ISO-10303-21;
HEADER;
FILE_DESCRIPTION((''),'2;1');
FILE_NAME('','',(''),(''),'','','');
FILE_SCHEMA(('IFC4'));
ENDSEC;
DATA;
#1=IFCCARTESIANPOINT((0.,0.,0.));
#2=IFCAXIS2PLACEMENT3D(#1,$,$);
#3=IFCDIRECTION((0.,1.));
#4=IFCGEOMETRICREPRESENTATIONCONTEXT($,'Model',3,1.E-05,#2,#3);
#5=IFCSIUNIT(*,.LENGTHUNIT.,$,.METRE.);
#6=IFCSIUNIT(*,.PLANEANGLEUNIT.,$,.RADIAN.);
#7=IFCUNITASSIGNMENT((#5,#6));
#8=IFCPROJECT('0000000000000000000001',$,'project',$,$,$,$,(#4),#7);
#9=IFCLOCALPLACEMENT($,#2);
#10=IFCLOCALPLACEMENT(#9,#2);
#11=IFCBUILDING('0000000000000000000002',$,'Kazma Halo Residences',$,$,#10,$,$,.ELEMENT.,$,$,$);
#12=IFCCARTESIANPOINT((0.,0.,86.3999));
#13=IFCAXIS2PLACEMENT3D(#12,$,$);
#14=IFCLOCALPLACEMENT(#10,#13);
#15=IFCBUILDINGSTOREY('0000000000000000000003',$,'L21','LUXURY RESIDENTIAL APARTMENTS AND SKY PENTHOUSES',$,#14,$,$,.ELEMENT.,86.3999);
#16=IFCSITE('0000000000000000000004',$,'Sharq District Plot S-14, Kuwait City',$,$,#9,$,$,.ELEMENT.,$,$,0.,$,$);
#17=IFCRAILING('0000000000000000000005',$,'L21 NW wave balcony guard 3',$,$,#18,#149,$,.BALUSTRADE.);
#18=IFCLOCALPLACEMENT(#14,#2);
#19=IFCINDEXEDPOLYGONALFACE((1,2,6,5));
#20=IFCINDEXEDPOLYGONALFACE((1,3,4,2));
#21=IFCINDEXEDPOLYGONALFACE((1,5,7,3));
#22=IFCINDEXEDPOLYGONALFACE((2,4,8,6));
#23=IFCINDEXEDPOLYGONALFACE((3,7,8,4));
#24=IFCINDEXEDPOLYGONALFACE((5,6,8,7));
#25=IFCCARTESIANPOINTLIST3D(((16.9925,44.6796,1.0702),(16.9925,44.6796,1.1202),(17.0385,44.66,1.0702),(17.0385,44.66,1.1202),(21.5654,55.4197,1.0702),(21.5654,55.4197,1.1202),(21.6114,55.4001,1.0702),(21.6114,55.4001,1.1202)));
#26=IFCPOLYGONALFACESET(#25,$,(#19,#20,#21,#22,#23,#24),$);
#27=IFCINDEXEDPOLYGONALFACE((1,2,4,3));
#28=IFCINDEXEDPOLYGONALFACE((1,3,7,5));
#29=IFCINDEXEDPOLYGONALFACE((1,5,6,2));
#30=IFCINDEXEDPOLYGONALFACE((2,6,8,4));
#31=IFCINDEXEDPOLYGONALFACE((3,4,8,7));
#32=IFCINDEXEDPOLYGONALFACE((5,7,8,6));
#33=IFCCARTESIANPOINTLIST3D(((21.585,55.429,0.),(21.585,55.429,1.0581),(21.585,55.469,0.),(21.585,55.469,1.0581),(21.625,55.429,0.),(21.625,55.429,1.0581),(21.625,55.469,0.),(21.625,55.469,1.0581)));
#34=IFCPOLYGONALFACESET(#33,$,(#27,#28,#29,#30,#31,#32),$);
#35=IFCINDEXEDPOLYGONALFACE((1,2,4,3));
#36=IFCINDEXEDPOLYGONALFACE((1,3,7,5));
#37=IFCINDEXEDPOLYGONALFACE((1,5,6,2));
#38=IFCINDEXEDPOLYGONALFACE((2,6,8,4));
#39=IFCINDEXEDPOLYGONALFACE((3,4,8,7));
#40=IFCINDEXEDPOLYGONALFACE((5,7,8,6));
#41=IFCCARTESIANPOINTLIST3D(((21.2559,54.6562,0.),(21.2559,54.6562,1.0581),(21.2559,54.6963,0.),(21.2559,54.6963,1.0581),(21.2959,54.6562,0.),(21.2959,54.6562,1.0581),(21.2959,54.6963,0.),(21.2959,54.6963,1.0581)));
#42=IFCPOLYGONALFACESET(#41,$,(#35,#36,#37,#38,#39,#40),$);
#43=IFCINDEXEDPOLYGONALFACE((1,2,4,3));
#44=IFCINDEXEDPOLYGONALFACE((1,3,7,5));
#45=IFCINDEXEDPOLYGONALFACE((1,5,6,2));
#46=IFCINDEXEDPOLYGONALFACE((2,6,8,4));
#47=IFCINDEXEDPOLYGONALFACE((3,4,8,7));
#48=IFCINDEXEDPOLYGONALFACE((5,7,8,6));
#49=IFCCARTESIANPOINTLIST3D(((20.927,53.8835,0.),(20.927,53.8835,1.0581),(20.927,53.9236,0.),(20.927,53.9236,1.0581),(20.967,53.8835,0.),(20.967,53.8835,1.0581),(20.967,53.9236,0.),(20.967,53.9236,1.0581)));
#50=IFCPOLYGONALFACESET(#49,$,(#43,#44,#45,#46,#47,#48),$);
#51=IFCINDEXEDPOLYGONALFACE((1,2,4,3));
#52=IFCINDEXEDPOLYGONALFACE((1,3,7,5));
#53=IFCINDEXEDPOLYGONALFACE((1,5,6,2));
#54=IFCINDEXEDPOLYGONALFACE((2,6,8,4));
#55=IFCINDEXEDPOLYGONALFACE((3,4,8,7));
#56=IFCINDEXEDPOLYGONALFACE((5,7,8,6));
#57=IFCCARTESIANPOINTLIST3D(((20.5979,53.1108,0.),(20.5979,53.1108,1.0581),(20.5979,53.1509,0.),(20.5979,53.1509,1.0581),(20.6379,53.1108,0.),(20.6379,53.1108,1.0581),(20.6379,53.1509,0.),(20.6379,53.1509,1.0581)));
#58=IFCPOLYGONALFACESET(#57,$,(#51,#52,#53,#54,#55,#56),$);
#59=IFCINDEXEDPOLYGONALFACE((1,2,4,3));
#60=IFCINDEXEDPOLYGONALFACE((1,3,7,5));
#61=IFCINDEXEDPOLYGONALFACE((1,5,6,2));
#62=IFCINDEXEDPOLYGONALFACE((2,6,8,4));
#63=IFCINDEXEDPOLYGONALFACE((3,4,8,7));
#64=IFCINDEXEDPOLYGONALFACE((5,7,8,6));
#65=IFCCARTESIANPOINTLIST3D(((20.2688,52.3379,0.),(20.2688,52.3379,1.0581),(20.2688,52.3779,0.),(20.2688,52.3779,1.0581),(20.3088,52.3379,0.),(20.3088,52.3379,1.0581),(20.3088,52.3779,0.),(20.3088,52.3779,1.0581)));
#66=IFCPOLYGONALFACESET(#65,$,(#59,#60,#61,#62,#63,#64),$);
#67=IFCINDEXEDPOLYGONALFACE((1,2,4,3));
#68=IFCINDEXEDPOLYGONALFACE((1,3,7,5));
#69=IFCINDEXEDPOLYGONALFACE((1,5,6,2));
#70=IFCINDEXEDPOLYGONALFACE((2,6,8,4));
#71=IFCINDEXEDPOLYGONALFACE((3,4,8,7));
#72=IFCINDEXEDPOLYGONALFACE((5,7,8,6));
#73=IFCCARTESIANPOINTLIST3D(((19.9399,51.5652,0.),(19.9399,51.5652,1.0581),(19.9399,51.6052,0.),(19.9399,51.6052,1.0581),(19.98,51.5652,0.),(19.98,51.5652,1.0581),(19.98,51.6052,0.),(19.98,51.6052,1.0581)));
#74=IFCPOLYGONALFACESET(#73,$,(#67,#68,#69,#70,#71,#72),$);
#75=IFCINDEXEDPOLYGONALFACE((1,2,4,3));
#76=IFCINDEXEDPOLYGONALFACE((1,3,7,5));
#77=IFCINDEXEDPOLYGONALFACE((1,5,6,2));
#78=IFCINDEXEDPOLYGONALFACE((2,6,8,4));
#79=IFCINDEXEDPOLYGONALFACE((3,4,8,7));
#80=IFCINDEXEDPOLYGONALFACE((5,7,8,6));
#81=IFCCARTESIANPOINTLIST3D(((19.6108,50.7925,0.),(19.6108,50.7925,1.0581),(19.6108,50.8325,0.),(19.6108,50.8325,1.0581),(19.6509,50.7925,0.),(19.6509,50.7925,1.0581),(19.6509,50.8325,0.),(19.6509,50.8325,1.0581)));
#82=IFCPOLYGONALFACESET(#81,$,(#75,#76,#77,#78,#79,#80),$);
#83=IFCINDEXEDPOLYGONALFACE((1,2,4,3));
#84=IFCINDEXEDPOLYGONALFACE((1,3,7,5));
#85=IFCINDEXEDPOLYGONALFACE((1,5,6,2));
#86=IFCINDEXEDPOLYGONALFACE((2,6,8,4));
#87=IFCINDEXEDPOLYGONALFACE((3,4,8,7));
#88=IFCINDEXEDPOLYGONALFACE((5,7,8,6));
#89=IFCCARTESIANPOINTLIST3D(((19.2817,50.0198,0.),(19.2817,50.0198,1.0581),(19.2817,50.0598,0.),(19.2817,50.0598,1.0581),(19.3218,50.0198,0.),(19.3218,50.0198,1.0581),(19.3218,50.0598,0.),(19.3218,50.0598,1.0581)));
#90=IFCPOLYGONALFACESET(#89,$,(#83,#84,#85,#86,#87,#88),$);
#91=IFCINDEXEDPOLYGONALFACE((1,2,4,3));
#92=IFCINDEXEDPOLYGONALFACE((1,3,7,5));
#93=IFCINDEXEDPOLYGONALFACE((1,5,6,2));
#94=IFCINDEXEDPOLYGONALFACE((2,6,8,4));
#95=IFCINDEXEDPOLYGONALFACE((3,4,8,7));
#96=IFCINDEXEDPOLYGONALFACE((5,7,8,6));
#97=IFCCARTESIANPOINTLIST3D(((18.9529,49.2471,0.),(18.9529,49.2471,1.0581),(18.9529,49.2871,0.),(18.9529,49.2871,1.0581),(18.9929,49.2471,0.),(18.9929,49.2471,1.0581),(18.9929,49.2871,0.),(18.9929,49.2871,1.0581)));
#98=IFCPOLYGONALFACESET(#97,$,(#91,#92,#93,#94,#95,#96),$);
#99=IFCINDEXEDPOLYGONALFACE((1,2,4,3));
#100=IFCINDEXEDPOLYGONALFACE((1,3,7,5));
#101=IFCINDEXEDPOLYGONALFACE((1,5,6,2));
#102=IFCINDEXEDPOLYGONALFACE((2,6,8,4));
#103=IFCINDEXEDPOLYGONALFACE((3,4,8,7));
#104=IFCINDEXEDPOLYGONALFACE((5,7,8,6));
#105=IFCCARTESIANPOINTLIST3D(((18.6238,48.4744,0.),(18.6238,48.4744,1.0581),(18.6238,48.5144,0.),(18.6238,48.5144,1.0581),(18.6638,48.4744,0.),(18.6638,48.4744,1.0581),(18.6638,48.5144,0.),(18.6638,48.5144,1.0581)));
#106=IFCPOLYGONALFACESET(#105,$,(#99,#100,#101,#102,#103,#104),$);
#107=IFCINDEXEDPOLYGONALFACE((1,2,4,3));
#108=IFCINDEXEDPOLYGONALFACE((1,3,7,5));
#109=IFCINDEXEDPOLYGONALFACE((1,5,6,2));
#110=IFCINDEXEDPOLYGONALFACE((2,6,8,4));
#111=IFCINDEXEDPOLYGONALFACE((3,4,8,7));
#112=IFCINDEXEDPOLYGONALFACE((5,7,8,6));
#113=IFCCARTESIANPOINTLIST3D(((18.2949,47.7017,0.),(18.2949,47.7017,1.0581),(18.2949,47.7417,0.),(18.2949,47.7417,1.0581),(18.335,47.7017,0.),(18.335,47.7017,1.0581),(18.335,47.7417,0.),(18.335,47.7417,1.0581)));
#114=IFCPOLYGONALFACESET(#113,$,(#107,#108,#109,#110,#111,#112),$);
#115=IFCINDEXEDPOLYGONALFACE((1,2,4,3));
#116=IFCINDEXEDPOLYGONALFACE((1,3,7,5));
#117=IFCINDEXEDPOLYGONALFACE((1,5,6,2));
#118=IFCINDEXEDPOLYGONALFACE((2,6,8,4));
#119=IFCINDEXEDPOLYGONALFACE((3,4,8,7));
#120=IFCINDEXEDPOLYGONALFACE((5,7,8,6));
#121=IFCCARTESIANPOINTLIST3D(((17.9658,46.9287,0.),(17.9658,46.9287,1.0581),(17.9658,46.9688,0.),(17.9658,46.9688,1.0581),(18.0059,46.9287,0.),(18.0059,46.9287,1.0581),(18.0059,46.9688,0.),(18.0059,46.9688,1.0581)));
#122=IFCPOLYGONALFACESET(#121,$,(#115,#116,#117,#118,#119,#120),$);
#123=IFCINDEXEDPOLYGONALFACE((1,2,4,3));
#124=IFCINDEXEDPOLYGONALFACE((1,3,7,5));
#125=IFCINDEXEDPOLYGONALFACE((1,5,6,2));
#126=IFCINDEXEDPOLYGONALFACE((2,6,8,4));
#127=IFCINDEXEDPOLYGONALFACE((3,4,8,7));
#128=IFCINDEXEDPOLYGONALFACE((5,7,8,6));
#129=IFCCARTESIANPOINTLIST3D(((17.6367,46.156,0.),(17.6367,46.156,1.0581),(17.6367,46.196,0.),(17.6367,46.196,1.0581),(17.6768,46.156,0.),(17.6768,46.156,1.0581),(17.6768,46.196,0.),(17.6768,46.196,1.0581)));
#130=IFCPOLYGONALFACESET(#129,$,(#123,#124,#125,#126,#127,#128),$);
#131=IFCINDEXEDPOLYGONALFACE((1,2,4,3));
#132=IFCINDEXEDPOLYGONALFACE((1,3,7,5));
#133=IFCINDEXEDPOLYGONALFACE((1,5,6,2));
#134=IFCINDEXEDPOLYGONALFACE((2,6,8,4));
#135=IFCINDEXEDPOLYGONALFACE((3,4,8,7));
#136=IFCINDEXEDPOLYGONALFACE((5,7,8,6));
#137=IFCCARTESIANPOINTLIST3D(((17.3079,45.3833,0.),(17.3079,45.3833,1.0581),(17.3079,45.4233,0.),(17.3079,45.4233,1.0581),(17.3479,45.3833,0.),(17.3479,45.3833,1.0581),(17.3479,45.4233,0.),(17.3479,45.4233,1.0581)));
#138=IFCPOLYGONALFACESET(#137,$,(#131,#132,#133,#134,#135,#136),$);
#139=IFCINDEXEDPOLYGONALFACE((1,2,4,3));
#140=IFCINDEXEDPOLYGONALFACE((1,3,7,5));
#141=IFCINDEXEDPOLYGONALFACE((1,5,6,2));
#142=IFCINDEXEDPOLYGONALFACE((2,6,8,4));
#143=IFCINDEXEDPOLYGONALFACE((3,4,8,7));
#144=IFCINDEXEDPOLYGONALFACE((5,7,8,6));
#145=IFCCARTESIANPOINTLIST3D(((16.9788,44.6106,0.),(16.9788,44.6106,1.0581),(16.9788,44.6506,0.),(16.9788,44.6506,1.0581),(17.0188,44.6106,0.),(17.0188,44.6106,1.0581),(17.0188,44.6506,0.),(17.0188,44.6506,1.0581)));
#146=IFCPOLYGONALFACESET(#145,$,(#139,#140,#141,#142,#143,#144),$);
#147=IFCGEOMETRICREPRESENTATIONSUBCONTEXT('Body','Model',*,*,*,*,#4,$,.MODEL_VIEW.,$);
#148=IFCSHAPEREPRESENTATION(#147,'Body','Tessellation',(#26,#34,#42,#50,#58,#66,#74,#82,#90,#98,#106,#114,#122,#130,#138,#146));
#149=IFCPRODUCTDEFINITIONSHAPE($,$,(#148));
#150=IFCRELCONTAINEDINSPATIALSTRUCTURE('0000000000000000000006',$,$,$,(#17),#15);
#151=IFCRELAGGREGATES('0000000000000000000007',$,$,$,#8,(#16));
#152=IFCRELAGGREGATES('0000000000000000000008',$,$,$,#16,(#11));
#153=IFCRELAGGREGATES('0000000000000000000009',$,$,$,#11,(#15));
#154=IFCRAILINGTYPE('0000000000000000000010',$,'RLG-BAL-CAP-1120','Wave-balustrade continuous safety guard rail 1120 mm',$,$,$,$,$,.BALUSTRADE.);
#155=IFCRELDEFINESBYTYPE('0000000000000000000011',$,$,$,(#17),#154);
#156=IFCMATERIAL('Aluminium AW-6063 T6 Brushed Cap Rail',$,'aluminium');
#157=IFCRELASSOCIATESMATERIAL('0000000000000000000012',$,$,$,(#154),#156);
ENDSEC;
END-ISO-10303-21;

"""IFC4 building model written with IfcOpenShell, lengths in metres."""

from ifc_helpers import new_model, si_unit, direction, frame, origin, origin_2d, place, context, subcontext, project, spatial, rectangle, extrude, material, type_object, element, save


model = new_model("IFC4")

# Units and contexts
model_context = context("Model", 3, precision=1e-05, world=origin(), true_north=direction((0.0, 1.0)))
body_context = subcontext(model_context, "Body", "Model", "MODEL_VIEW")
ifc_project = project(units=[si_unit("LENGTHUNIT", "METRE"), si_unit("PLANEANGLEUNIT", "RADIAN")], contexts=[model_context])

# Site, building, storey
site_placement = place(None, origin())
site = spatial("IfcSite", under=ifc_project, at=site_placement, Name="Sharq District Plot S-14, Kuwait City", CompositionType="ELEMENT", RefElevation=0.0)
building_placement = place(site_placement, origin())
building = spatial("IfcBuilding", under=site, at=building_placement, Name="Kazma Halo Residences", CompositionType="ELEMENT")
storey_placement = place(building_placement, frame((0.0, 0.0, 86.3999)))
storey = spatial("IfcBuildingStorey", under=building, at=storey_placement, Name="L21", Description="LUXURY RESIDENTIAL APARTMENTS AND SKY PENTHOUSES", CompositionType="ELEMENT", Elevation=86.3999)

# Railing
ifc_material_1 = material(Name="Aluminium AW-6063 T6 Brushed Cap Rail", Category="aluminium")
railing_type = type_object("IfcRailingType", Name="RLG-BAL-CAP-1120", Description="Wave-balustrade continuous safety guard rail 1120 mm", PredefinedType="BALUSTRADE", material=ifc_material_1)
railing_1_placement = place(storey_placement, frame((21.605, 55.449, 0.0)))
element("IfcRailing", 1, at=railing_1_placement, inside=storey, type_object=railing_type, Name="L21 NW wave balcony guard 3", PredefinedType="BALUSTRADE", context=body_context, shape_type="SweptSolid", body=[
    extrude(rectangle(XDim=0.05, YDim=0.05, at=origin_2d()), frame((-0.0166, -0.0391, 1.0952), z_axis=(-0.391746, -0.920074, 0.0), x_axis=(0.920074, -0.391746, 0.0)), (0.0, 0.0, 1.0), 11.6731),
    extrude(rectangle(XDim=0.04, YDim=0.04, at=origin_2d()), origin(), (0.0, 0.0, 1.0), 1.0581),
    extrude(rectangle(XDim=0.04, YDim=0.04, at=origin_2d()), frame((-0.3291, -0.7727, 0.0)), (0.0, 0.0, 1.0), 1.0581),
    extrude(rectangle(XDim=0.04, YDim=0.04, at=origin_2d()), frame((-0.658, -1.5454, 0.0)), (0.0, 0.0, 1.0), 1.0581),
    extrude(rectangle(XDim=0.04, YDim=0.04, at=origin_2d()), frame((-0.9871, -2.3181, 0.0)), (0.0, 0.0, 1.0), 1.0581),
    extrude(rectangle(XDim=0.04, YDim=0.04, at=origin_2d()), frame((-1.3162, -3.0911, 0.0)), (0.0, 0.0, 1.0), 1.0581),
    extrude(rectangle(XDim=0.04, YDim=0.04, at=origin_2d()), frame((-1.645, -3.8638, 0.0)), (0.0, 0.0, 1.0), 1.0581),
    extrude(rectangle(XDim=0.04, YDim=0.04, at=origin_2d()), frame((-1.9741, -4.6365, 0.0)), (0.0, 0.0, 1.0), 1.0581),
    extrude(rectangle(XDim=0.04, YDim=0.04, at=origin_2d()), frame((-2.3032, -5.4092, 0.0)), (0.0, 0.0, 1.0), 1.0581),
    extrude(rectangle(XDim=0.04, YDim=0.04, at=origin_2d()), frame((-2.6321, -6.1819, 0.0)), (0.0, 0.0, 1.0), 1.0581),
    extrude(rectangle(XDim=0.04, YDim=0.04, at=origin_2d()), frame((-2.9612, -6.9546, 0.0)), (0.0, 0.0, 1.0), 1.0581),
    extrude(rectangle(XDim=0.04, YDim=0.04, at=origin_2d()), frame((-3.29, -7.7273, 0.0)), (0.0, 0.0, 1.0), 1.0581),
    extrude(rectangle(XDim=0.04, YDim=0.04, at=origin_2d()), frame((-3.6191, -8.5002, 0.0)), (0.0, 0.0, 1.0), 1.0581),
    extrude(rectangle(XDim=0.04, YDim=0.04, at=origin_2d()), frame((-3.9482, -9.2729, 0.0)), (0.0, 0.0, 1.0), 1.0581),
    extrude(rectangle(XDim=0.04, YDim=0.04, at=origin_2d()), frame((-4.2771, -10.0457, 0.0)), (0.0, 0.0, 1.0), 1.0581),
    extrude(rectangle(XDim=0.04, YDim=0.04, at=origin_2d()), frame((-4.6062, -10.8184, 0.0)), (0.0, 0.0, 1.0), 1.0581),
])

save(model, "model.ifc")
